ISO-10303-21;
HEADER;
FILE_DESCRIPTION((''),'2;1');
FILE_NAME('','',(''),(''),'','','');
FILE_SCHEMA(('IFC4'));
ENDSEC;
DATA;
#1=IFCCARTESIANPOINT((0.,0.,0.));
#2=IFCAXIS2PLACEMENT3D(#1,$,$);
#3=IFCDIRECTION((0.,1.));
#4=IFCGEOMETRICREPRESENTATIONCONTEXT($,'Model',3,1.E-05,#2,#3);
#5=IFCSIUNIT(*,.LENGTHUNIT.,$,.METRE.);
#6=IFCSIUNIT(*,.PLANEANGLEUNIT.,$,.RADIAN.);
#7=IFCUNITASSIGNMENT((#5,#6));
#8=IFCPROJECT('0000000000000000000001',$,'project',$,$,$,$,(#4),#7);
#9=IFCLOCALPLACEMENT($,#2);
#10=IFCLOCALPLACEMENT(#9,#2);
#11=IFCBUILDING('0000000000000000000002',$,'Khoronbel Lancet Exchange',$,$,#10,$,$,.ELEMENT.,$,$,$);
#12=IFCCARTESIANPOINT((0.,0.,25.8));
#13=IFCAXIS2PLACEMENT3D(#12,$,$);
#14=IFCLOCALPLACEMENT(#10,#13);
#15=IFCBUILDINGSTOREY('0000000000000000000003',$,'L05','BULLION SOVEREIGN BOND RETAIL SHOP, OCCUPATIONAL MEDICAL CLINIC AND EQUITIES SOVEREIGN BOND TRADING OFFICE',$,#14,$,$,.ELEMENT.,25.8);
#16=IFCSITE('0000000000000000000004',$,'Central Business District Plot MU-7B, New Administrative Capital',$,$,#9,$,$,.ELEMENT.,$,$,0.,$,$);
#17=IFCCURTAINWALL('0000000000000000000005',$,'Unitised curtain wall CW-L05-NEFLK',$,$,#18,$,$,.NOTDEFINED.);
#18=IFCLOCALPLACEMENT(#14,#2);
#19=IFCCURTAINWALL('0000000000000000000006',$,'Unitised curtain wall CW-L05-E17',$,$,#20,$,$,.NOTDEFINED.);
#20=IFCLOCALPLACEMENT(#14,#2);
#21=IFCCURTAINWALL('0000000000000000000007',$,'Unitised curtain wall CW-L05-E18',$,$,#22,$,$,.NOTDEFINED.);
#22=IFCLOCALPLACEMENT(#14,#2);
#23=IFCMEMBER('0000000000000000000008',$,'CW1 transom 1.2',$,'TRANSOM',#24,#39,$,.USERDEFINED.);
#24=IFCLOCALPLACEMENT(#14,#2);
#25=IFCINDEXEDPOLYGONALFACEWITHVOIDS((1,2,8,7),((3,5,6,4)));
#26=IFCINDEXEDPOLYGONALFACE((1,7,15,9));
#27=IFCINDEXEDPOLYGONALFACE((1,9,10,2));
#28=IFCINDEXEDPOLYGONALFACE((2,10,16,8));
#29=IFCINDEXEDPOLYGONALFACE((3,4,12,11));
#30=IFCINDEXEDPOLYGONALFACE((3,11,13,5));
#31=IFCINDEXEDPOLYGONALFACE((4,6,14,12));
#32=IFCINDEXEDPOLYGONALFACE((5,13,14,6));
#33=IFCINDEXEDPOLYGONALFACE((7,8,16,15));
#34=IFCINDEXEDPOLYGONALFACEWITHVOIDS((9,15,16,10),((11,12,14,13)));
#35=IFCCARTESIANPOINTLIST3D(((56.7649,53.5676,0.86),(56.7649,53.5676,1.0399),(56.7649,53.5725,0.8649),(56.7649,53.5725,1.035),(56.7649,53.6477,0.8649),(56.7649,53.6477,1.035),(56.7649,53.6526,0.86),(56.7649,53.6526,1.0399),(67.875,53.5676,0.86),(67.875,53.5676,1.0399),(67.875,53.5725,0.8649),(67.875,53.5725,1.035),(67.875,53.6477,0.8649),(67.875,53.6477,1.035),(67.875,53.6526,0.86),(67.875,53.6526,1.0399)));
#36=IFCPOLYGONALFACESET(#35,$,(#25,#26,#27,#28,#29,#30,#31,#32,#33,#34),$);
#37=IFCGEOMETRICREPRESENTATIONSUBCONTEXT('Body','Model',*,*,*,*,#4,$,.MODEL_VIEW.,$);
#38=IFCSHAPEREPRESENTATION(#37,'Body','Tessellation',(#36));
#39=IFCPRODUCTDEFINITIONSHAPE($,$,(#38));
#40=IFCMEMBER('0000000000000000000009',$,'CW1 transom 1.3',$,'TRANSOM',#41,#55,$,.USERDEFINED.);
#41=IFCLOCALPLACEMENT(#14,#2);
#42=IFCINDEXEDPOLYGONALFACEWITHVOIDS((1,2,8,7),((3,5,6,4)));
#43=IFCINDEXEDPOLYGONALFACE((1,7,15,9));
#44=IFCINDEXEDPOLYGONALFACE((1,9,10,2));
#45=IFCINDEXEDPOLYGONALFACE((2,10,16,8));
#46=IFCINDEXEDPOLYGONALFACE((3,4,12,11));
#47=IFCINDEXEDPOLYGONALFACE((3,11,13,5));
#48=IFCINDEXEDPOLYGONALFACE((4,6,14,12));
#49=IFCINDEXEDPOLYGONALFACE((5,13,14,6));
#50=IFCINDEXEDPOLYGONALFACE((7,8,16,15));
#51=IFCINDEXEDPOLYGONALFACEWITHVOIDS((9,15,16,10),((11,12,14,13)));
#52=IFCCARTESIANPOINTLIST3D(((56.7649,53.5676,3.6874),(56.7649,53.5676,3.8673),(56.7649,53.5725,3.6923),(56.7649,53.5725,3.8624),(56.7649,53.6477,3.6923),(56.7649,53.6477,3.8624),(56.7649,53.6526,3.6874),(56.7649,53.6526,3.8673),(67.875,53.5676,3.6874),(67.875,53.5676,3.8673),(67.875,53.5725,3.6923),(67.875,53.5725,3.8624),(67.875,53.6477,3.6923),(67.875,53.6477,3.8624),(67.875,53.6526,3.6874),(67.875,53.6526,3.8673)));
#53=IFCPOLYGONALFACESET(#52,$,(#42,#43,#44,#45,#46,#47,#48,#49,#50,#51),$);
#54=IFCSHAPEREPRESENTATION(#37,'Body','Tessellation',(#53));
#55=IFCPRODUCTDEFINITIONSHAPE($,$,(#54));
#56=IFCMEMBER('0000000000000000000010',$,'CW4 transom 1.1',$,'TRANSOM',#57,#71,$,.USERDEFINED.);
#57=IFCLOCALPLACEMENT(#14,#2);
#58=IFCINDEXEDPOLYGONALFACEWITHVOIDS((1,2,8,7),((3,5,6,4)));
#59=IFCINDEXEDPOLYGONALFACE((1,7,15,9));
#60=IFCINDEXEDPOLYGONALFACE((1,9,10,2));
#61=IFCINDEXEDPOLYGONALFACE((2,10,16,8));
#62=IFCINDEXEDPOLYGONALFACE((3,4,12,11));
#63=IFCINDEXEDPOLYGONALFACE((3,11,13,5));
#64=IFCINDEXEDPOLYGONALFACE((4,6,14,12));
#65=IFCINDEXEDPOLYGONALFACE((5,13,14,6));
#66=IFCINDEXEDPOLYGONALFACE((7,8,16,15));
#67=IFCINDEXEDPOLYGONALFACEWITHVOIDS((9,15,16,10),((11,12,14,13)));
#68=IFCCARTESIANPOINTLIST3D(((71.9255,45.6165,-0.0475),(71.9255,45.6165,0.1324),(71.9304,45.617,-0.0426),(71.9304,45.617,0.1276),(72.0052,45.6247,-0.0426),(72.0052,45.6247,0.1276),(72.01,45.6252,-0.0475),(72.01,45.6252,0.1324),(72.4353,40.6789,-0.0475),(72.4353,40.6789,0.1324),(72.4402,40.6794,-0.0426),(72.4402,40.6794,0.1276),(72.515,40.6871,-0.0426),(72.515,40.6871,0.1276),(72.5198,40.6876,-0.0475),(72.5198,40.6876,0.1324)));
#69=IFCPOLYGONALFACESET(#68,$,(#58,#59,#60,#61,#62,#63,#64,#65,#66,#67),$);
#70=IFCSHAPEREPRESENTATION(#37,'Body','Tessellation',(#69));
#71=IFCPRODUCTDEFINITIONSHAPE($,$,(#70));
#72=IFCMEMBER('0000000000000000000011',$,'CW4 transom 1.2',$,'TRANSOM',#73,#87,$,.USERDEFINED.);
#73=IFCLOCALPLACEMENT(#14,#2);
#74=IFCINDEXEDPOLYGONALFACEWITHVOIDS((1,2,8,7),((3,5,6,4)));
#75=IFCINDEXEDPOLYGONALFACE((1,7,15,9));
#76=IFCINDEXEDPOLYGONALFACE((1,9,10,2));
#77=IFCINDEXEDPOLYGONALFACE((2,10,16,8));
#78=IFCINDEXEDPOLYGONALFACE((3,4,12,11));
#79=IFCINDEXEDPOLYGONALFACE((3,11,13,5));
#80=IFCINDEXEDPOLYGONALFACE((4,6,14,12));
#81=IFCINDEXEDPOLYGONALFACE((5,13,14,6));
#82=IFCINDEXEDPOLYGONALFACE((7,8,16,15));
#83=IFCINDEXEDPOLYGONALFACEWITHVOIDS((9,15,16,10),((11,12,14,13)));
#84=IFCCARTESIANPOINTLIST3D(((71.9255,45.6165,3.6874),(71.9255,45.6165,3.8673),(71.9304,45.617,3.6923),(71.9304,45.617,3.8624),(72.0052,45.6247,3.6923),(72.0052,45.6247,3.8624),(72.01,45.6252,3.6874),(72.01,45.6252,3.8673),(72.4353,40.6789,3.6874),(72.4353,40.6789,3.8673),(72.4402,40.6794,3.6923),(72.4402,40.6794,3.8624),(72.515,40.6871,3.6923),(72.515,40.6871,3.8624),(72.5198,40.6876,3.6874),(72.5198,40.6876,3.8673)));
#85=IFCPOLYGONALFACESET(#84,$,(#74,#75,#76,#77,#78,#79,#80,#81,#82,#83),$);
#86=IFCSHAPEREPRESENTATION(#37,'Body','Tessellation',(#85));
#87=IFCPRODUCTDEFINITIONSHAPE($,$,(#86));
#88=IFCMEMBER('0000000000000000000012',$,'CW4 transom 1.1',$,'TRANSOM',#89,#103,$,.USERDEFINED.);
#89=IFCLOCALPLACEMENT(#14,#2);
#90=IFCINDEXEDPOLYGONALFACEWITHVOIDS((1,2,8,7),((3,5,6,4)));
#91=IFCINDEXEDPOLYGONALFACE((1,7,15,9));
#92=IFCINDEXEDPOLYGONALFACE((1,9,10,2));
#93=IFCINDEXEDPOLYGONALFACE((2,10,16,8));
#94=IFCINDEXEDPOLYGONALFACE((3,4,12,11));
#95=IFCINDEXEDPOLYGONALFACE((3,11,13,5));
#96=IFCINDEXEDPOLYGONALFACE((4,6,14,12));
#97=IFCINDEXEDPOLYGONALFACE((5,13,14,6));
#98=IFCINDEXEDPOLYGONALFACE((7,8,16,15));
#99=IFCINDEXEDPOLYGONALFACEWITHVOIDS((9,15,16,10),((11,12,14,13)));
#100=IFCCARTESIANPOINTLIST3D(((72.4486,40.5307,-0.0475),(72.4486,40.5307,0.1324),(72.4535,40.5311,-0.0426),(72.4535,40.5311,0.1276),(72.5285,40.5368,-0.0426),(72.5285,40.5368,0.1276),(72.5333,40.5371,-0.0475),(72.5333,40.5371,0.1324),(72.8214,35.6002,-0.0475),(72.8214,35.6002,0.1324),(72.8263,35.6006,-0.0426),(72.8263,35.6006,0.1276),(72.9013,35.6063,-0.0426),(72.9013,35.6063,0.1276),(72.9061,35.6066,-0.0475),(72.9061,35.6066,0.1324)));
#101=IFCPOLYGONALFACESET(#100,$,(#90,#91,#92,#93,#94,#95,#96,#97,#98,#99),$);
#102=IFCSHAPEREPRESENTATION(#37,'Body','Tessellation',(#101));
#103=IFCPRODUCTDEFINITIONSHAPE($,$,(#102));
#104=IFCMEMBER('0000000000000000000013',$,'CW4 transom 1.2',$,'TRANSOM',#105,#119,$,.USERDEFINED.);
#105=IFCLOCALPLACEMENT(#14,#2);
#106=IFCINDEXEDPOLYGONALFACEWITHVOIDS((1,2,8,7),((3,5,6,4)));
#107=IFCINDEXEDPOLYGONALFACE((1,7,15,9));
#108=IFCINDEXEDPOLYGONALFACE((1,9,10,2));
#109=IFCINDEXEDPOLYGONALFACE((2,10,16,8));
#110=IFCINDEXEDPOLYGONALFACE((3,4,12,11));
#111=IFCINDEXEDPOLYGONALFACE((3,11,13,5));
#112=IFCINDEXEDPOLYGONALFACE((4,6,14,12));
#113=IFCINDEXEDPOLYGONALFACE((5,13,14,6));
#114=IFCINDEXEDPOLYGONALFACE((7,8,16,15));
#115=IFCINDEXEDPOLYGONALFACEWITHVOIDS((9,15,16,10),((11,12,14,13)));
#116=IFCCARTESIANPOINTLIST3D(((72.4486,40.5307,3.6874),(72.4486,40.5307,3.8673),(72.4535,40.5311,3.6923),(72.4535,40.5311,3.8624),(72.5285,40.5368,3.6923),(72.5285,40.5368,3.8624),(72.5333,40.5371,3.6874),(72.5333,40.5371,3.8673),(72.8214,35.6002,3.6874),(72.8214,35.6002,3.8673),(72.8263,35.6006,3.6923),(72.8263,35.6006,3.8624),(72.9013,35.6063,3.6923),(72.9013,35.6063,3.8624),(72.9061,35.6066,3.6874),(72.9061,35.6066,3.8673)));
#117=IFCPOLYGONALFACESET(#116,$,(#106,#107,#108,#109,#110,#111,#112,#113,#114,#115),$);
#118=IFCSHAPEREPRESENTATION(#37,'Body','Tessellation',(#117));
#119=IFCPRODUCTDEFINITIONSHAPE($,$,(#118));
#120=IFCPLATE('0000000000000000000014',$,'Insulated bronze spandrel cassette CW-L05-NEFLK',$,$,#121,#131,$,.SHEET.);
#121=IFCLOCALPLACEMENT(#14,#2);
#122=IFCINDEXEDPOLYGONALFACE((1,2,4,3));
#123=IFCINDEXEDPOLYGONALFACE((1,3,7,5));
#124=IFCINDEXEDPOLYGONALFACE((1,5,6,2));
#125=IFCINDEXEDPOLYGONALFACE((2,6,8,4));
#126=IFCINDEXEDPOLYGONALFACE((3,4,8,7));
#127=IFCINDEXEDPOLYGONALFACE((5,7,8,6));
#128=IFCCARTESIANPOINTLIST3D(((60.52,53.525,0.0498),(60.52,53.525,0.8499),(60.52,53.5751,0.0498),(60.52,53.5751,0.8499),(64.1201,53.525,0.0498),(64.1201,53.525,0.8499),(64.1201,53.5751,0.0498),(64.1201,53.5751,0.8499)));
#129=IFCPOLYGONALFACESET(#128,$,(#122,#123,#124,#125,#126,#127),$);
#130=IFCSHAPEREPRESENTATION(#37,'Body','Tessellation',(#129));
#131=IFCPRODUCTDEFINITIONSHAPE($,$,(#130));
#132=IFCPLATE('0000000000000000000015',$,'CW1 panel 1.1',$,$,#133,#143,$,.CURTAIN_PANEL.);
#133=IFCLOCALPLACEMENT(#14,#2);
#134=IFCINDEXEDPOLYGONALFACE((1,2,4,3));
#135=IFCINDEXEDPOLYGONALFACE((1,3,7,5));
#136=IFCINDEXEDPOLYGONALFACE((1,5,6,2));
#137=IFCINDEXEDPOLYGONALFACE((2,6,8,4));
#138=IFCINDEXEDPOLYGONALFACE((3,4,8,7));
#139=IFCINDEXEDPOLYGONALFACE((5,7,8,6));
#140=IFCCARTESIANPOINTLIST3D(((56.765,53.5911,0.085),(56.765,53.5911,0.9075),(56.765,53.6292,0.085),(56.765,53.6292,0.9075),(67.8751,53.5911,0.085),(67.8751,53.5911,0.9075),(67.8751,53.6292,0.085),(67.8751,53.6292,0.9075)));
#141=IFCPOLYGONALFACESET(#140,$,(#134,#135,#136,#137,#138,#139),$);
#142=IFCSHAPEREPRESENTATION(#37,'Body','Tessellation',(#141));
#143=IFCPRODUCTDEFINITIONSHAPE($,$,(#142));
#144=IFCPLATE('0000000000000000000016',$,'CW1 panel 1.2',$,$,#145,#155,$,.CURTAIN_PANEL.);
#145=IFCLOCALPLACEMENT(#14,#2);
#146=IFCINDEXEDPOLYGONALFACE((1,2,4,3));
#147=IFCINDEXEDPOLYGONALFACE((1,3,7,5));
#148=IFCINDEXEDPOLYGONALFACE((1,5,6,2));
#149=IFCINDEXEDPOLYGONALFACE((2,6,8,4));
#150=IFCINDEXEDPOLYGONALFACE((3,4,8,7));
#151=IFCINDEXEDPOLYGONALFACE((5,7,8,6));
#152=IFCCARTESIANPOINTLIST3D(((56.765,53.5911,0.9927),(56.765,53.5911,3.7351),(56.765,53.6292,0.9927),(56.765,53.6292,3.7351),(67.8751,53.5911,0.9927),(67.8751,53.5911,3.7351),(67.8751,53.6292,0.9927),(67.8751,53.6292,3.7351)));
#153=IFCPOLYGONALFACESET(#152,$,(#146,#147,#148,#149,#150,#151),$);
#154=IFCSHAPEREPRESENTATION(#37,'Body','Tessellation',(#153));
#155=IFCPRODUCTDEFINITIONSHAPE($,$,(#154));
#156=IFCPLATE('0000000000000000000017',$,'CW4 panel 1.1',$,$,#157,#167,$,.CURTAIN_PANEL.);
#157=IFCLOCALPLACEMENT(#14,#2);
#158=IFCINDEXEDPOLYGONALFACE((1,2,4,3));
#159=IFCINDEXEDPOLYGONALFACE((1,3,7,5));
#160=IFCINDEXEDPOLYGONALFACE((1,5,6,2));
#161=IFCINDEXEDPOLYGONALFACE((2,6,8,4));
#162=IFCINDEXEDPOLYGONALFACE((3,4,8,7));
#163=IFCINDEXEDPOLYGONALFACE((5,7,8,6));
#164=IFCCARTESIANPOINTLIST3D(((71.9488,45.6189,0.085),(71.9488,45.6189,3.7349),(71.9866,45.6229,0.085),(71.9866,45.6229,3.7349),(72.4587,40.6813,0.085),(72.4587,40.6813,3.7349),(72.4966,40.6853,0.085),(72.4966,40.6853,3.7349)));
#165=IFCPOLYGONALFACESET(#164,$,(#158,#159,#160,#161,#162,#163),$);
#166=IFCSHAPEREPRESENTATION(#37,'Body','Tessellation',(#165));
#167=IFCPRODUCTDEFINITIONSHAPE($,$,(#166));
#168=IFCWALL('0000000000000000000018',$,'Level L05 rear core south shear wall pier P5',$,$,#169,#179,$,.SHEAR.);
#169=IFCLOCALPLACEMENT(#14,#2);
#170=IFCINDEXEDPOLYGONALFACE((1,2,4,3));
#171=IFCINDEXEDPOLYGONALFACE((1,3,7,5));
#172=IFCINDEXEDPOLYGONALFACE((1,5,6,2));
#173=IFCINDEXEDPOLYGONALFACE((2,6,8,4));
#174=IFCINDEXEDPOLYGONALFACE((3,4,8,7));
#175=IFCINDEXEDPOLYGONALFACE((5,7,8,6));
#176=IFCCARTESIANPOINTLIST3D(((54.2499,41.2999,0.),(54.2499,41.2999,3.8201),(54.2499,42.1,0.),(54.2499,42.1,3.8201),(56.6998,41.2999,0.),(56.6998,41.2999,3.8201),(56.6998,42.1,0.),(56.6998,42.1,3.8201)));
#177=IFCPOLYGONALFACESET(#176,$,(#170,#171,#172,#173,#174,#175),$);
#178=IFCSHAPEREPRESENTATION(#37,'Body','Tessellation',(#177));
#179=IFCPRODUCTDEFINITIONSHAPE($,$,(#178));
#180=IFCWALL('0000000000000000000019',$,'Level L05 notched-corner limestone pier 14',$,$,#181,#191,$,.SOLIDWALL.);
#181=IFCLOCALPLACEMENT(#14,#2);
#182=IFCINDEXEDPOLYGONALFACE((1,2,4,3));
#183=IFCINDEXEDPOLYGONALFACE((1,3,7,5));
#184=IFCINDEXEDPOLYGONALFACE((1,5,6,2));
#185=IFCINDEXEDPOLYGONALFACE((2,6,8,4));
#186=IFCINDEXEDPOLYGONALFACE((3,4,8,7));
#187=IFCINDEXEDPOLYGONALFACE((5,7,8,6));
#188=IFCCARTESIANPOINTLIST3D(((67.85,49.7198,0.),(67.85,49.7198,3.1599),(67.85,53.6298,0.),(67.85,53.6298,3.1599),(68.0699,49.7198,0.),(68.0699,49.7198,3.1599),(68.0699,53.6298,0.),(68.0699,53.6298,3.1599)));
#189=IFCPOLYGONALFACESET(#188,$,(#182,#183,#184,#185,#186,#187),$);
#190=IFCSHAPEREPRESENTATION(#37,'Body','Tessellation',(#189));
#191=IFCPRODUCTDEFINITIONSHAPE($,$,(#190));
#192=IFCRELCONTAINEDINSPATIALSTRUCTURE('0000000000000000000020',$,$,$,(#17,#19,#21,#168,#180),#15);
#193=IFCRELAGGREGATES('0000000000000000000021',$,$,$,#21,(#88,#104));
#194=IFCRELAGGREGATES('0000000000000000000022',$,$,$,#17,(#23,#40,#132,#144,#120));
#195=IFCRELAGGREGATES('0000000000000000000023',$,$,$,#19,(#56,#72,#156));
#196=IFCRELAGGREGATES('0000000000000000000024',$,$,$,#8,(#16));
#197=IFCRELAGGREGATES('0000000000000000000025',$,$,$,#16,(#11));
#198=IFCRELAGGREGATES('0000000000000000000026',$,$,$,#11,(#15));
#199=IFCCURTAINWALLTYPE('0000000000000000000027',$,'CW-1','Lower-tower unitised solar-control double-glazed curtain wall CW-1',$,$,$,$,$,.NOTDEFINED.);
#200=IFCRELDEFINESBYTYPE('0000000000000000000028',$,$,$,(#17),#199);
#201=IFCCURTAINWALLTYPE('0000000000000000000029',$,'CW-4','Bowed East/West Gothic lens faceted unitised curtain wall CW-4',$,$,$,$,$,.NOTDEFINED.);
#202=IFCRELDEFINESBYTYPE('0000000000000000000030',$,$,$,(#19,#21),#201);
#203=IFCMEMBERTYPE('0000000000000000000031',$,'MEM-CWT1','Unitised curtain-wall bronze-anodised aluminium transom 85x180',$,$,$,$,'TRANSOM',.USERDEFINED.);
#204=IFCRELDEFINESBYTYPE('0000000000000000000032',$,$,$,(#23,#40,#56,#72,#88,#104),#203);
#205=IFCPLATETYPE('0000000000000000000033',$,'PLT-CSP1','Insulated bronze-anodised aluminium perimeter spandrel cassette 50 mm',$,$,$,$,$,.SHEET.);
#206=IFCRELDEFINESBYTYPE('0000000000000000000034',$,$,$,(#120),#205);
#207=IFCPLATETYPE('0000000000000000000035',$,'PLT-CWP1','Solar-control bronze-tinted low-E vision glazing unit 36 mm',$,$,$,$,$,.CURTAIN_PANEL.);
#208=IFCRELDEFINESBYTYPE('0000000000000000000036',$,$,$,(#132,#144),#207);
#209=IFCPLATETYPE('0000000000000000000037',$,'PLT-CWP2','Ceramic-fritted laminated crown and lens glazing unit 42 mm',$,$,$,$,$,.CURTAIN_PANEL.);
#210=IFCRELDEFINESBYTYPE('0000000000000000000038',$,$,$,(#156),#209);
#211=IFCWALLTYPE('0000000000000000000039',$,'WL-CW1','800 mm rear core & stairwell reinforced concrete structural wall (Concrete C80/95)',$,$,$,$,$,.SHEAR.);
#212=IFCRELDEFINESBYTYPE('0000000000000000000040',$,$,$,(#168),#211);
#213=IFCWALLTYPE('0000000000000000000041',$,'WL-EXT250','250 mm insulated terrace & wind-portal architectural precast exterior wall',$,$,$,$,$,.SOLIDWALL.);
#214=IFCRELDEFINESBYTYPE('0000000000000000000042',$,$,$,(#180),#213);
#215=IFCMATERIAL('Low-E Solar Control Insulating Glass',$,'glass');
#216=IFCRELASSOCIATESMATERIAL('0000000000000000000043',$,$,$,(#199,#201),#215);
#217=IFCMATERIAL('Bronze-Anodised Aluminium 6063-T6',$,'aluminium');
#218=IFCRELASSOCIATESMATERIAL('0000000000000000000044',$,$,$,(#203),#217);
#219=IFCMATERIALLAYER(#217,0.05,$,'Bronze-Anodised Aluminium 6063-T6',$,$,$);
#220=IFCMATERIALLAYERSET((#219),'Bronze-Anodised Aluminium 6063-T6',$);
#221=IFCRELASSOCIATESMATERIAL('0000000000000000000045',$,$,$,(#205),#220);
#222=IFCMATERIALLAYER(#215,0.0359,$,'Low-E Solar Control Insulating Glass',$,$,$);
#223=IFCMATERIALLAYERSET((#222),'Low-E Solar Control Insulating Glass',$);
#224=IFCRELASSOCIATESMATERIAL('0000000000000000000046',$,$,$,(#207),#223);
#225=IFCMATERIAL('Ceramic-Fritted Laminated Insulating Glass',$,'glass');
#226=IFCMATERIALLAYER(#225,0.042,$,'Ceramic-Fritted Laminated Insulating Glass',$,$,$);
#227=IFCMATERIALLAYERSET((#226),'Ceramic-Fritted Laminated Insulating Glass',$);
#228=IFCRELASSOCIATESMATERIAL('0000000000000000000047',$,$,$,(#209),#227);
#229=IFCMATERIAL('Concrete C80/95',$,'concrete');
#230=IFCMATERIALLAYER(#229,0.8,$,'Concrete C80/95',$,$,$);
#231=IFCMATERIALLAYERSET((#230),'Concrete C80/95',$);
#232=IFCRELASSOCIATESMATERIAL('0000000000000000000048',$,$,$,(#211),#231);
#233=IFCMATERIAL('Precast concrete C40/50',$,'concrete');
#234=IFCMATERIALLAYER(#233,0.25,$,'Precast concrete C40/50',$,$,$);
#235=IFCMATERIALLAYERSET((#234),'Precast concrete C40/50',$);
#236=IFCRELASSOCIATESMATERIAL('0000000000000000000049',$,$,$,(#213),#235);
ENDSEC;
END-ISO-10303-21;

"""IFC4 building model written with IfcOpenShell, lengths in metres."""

from ifc_helpers import new_model, si_unit, direction, frame, frame_2d, origin, origin_2d, place, context, subcontext, project, spatial, rectangle, hollow_rectangle, extrude, material, layer, layer_set, material_profile, profile_set, type_object, element, aggregate, save


model = new_model("IFC4")

# Units and contexts
model_context = context("Model", 3, precision=1e-05, world=origin(), true_north=direction((0.0, 1.0)))
body_context = subcontext(model_context, "Body", "Model", "MODEL_VIEW")
ifc_project = project(units=[si_unit("LENGTHUNIT", "METRE"), si_unit("PLANEANGLEUNIT", "RADIAN")], contexts=[model_context])

# Site, building, storey
site_placement = place(None, origin())
site = spatial("IfcSite", under=ifc_project, at=site_placement, Name="Central Business District Plot MU-7B, New Administrative Capital", CompositionType="ELEMENT", RefElevation=0.0)
building_placement = place(site_placement, origin())
building = spatial("IfcBuilding", under=site, at=building_placement, Name="Khoronbel Lancet Exchange", CompositionType="ELEMENT")
storey_placement = place(building_placement, frame((0.0, 0.0, 25.8)))
storey = spatial("IfcBuildingStorey", under=building, at=storey_placement, Name="L05", Description="BULLION SOVEREIGN BOND RETAIL SHOP, OCCUPATIONAL MEDICAL CLINIC AND EQUITIES SOVEREIGN BOND TRADING OFFICE", CompositionType="ELEMENT", Elevation=25.8)

# Curtain walls
ifc_material_1 = material(Name="Low-E Solar Control Insulating Glass", Category="glass")
curtain_wall_type_1 = type_object("IfcCurtainWallType", Name="CW-1", Description="Lower-tower unitised solar-control double-glazed curtain wall CW-1", PredefinedType="NOTDEFINED", material=ifc_material_1)
curtain_wall_1_placement = place(storey_placement, origin())
curtain_wall_1 = element("IfcCurtainWall", 1, at=curtain_wall_1_placement, inside=storey, type_object=curtain_wall_type_1, Name="Unitised curtain wall CW-L05-NEFLK", PredefinedType="NOTDEFINED")
ifc_material_2 = material(Name="Bronze-Anodised Aluminium 6063-T6", Category="aluminium")
curtain_wall_type_2 = type_object("IfcCurtainWallType", Name="CW-4", Description="Bowed East/West Gothic lens faceted unitised curtain wall CW-4", PredefinedType="NOTDEFINED", material=ifc_material_1)
curtain_wall_2_placement = place(storey_placement, origin())
curtain_wall_2 = element("IfcCurtainWall", 2, at=curtain_wall_2_placement, inside=storey, type_object=curtain_wall_type_2, Name="Unitised curtain wall CW-L05-E17", PredefinedType="NOTDEFINED")

# Curtain wall
curtain_wall_3_placement = place(storey_placement, origin())
curtain_wall_3 = element("IfcCurtainWall", 3, at=curtain_wall_3_placement, inside=storey, type_object=curtain_wall_type_2, Name="Unitised curtain wall CW-L05-E18", PredefinedType="NOTDEFINED")

# Members
ifc_material_profile_1 = material_profile(ifc_material_2, hollow_rectangle(XDim=0.085, YDim=0.1799, WallThickness=0.0049, at=origin_2d()), Name="ALU TRANSOM 85x180")
ifc_profile_set_1 = profile_set([ifc_material_profile_1], Name="Bronze-Anodised Aluminium 6063-T6")
member_type_1 = type_object("IfcMemberType", Name="MEM-CWT1", Description="Unitised curtain-wall bronze-anodised aluminium transom 85x180", ElementType="TRANSOM", PredefinedType="USERDEFINED", material=ifc_profile_set_1)
member_1_placement = place(storey_placement, frame((67.875, 53.6101, 0.95), z_axis=(-1.0, 0.0, 0.0), x_axis=(0.0, -1.0, 0.0)))
member_1 = element("IfcMember", 4, at=member_1_placement, type_object=member_type_1, Name="CW1 transom 1.2", ObjectType="TRANSOM", PredefinedType="USERDEFINED", context=body_context, shape_type="SweptSolid", body=[
    extrude(hollow_rectangle(XDim=0.085, YDim=0.1799, WallThickness=0.0049, at=origin_2d()), origin(), (0.0, 0.0, 1.0), 11.1101),
])
member_2_placement = place(storey_placement, frame((67.875, 53.6101, 3.7773), z_axis=(-1.0, 0.0, 0.0), x_axis=(0.0, -1.0, 0.0)))
member_2 = element("IfcMember", 5, at=member_2_placement, type_object=member_type_1, Name="CW1 transom 1.3", ObjectType="TRANSOM", PredefinedType="USERDEFINED", context=body_context, shape_type="SweptSolid", body=[
    extrude(hollow_rectangle(XDim=0.085, YDim=0.1799, WallThickness=0.0049, at=origin_2d()), origin(), (0.0, 0.0, 1.0), 11.1101),
])
member_3_placement = place(storey_placement, frame((71.9678, 45.6208, 0.0425), z_axis=(0.102698, -0.994713, 0.0), x_axis=(0.994713, 0.102698, 0.0)))
member_3 = element("IfcMember", 6, at=member_3_placement, type_object=member_type_1, Name="CW4 transom 1.1", ObjectType="TRANSOM", PredefinedType="USERDEFINED", context=body_context, shape_type="SweptSolid", body=[
    extrude(hollow_rectangle(XDim=0.085, YDim=0.1799, WallThickness=0.0049, at=origin_2d()), origin(), (0.0, 0.0, 1.0), 4.9639),
])
member_4_placement = place(storey_placement, frame((71.9678, 45.6208, 3.7773), z_axis=(0.102698, -0.994713, 0.0), x_axis=(0.994713, 0.102698, 0.0)))
member_4 = element("IfcMember", 7, at=member_4_placement, type_object=member_type_1, Name="CW4 transom 1.2", ObjectType="TRANSOM", PredefinedType="USERDEFINED", context=body_context, shape_type="SweptSolid", body=[
    extrude(hollow_rectangle(XDim=0.085, YDim=0.1799, WallThickness=0.0049, at=origin_2d()), origin(), (0.0, 0.0, 1.0), 4.9639),
])
member_5_placement = place(storey_placement, frame((72.491, 40.5339, 0.0425), z_axis=(0.075398, -0.997154, 0.0), x_axis=(0.997154, 0.075398, 0.0)))
member_5 = element("IfcMember", 8, at=member_5_placement, type_object=member_type_1, Name="CW4 transom 1.1", ObjectType="TRANSOM", PredefinedType="USERDEFINED", context=body_context, shape_type="SweptSolid", body=[
    extrude(hollow_rectangle(XDim=0.085, YDim=0.1799, WallThickness=0.0049, at=origin_2d()), origin(), (0.0, 0.0, 1.0), 4.9446),
])
member_6_placement = place(storey_placement, frame((72.491, 40.5339, 3.7773), z_axis=(0.075398, -0.997154, 0.0), x_axis=(0.997154, 0.075398, 0.0)))
member_6 = element("IfcMember", 9, at=member_6_placement, type_object=member_type_1, Name="CW4 transom 1.2", ObjectType="TRANSOM", PredefinedType="USERDEFINED", context=body_context, shape_type="SweptSolid", body=[
    extrude(hollow_rectangle(XDim=0.085, YDim=0.1799, WallThickness=0.0049, at=origin_2d()), origin(), (0.0, 0.0, 1.0), 4.9446),
])
aggregate(curtain_wall_3, [member_5, member_6])

# Plates
ifc_layer_1 = layer(ifc_material_2, 0.05, Name="Bronze-Anodised Aluminium 6063-T6")
ifc_layer_set_1 = layer_set([ifc_layer_1], Name="Bronze-Anodised Aluminium 6063-T6")
plate_type_1 = type_object("IfcPlateType", Name="PLT-CSP1", Description="Insulated bronze-anodised aluminium perimeter spandrel cassette 50 mm", PredefinedType="SHEET", material=ifc_layer_set_1)
plate_1_placement = place(storey_placement, frame((62.3201, 53.55, 0.0498), z_axis=(0.0, 0.0, 1.0), x_axis=(-1.0, 0.0, 0.0)))
plate_1 = element("IfcPlate", 10, at=plate_1_placement, type_object=plate_type_1, Name="Insulated bronze spandrel cassette CW-L05-NEFLK", PredefinedType="SHEET", context=body_context, shape_type="SweptSolid", body=[
    extrude(rectangle(XDim=3.6001, YDim=0.05, at=origin_2d()), origin(), (0.0, 0.0, 1.0), 0.8),
])
ifc_layer_2 = layer(ifc_material_1, 0.0359, Name="Low-E Solar Control Insulating Glass")
ifc_layer_set_2 = layer_set([ifc_layer_2], Name="Low-E Solar Control Insulating Glass")
plate_type_2 = type_object("IfcPlateType", Name="PLT-CWP1", Description="Solar-control bronze-tinted low-E vision glazing unit 36 mm", PredefinedType="CURTAIN_PANEL", material=ifc_layer_set_2)
plate_2_placement = place(storey_placement, frame((62.3201, 53.6101, 0.085), z_axis=(0.0, 0.0, 1.0), x_axis=(-1.0, 0.0, 0.0)))
plate_2 = element("IfcPlate", 11, at=plate_2_placement, type_object=plate_type_2, Name="CW1 panel 1.1", PredefinedType="CURTAIN_PANEL", context=body_context, shape_type="SweptSolid", body=[
    extrude(rectangle(XDim=11.1101, YDim=0.0381, at=origin_2d()), origin(), (0.0, 0.0, 1.0), 0.8225),
])
plate_3_placement = place(storey_placement, frame((62.3201, 53.6101, 0.9927), z_axis=(0.0, 0.0, 1.0), x_axis=(-1.0, 0.0, 0.0)))
plate_3 = element("IfcPlate", 12, at=plate_3_placement, type_object=plate_type_2, Name="CW1 panel 1.2", PredefinedType="CURTAIN_PANEL", context=body_context, shape_type="SweptSolid", body=[
    extrude(rectangle(XDim=11.1101, YDim=0.0381, at=origin_2d()), origin(), (0.0, 0.0, 1.0), 2.7424),
])
aggregate(curtain_wall_1, [member_1, member_2, plate_2, plate_3, plate_1])
ifc_material_3 = material(Name="Ceramic-Fritted Laminated Insulating Glass", Category="glass")
ifc_layer_3 = layer(ifc_material_3, 0.042, Name="Ceramic-Fritted Laminated Insulating Glass")
ifc_layer_set_3 = layer_set([ifc_layer_3], Name="Ceramic-Fritted Laminated Insulating Glass")
plate_type_3 = type_object("IfcPlateType", Name="PLT-CWP2", Description="Ceramic-fritted laminated crown and lens glazing unit 42 mm", PredefinedType="CURTAIN_PANEL", material=ifc_layer_set_3)
plate_4_placement = place(storey_placement, frame((72.2227, 43.1521, 0.085), z_axis=(0.0, 0.0, 1.0), x_axis=(0.102723, -0.99471, 0.0)))
plate_4 = element("IfcPlate", 13, at=plate_4_placement, type_object=plate_type_3, Name="CW4 panel 1.1", PredefinedType="CURTAIN_PANEL", context=body_context, shape_type="SweptSolid", body=[
    extrude(rectangle(XDim=4.9639, YDim=0.0381, at=origin_2d()), origin(), (0.0, 0.0, 1.0), 3.6499),
])
aggregate(curtain_wall_2, [member_3, member_4, plate_4])

# Walls
ifc_material_4 = material(Name="Concrete C80/95", Category="concrete")
ifc_layer_4 = layer(ifc_material_4, 0.8, Name="Concrete C80/95")
ifc_layer_set_4 = layer_set([ifc_layer_4], Name="Concrete C80/95")
wall_type_1 = type_object("IfcWallType", Name="WL-CW1", Description="800 mm rear core & stairwell reinforced concrete structural wall (Concrete C80/95)", PredefinedType="SHEAR", material=ifc_layer_set_4)
wall_1_placement = place(storey_placement, frame((56.7, 41.7, 0.0), z_axis=(0.0, 0.0, 1.0), x_axis=(-1.0, 0.0, 0.0)))
element("IfcWall", 14, at=wall_1_placement, inside=storey, type_object=wall_type_1, Name="Level L05 rear core south shear wall pier P5", PredefinedType="SHEAR", context=body_context, shape_type="SweptSolid", body=[
    extrude(rectangle(XDim=2.45, YDim=0.8, at=frame_2d((1.2251, 0.0))), origin(), (0.0, 0.0, 1.0), 3.8201),
])
ifc_material_5 = material(Name="Precast concrete C40/50", Category="concrete")
ifc_layer_5 = layer(ifc_material_5, 0.25, Name="Precast concrete C40/50")
ifc_layer_set_5 = layer_set([ifc_layer_5], Name="Precast concrete C40/50")
wall_type_2 = type_object("IfcWallType", Name="WL-EXT250", Description="250 mm insulated terrace & wind-portal architectural precast exterior wall", PredefinedType="SOLIDWALL", material=ifc_layer_set_5)
wall_2_placement = place(storey_placement, frame((67.96, 53.6299, 0.0), z_axis=(0.0, 0.0, 1.0), x_axis=(0.0, -1.0, 0.0)))
element("IfcWall", 15, at=wall_2_placement, inside=storey, type_object=wall_type_2, Name="Level L05 notched-corner limestone pier 14", PredefinedType="SOLIDWALL", context=body_context, shape_type="SweptSolid", body=[
    extrude(rectangle(XDim=3.9099, YDim=0.22, at=frame_2d((1.9551, 0.0))), origin(), (0.0, 0.0, 1.0), 3.1599),
])

save(model, "model.ifc")
